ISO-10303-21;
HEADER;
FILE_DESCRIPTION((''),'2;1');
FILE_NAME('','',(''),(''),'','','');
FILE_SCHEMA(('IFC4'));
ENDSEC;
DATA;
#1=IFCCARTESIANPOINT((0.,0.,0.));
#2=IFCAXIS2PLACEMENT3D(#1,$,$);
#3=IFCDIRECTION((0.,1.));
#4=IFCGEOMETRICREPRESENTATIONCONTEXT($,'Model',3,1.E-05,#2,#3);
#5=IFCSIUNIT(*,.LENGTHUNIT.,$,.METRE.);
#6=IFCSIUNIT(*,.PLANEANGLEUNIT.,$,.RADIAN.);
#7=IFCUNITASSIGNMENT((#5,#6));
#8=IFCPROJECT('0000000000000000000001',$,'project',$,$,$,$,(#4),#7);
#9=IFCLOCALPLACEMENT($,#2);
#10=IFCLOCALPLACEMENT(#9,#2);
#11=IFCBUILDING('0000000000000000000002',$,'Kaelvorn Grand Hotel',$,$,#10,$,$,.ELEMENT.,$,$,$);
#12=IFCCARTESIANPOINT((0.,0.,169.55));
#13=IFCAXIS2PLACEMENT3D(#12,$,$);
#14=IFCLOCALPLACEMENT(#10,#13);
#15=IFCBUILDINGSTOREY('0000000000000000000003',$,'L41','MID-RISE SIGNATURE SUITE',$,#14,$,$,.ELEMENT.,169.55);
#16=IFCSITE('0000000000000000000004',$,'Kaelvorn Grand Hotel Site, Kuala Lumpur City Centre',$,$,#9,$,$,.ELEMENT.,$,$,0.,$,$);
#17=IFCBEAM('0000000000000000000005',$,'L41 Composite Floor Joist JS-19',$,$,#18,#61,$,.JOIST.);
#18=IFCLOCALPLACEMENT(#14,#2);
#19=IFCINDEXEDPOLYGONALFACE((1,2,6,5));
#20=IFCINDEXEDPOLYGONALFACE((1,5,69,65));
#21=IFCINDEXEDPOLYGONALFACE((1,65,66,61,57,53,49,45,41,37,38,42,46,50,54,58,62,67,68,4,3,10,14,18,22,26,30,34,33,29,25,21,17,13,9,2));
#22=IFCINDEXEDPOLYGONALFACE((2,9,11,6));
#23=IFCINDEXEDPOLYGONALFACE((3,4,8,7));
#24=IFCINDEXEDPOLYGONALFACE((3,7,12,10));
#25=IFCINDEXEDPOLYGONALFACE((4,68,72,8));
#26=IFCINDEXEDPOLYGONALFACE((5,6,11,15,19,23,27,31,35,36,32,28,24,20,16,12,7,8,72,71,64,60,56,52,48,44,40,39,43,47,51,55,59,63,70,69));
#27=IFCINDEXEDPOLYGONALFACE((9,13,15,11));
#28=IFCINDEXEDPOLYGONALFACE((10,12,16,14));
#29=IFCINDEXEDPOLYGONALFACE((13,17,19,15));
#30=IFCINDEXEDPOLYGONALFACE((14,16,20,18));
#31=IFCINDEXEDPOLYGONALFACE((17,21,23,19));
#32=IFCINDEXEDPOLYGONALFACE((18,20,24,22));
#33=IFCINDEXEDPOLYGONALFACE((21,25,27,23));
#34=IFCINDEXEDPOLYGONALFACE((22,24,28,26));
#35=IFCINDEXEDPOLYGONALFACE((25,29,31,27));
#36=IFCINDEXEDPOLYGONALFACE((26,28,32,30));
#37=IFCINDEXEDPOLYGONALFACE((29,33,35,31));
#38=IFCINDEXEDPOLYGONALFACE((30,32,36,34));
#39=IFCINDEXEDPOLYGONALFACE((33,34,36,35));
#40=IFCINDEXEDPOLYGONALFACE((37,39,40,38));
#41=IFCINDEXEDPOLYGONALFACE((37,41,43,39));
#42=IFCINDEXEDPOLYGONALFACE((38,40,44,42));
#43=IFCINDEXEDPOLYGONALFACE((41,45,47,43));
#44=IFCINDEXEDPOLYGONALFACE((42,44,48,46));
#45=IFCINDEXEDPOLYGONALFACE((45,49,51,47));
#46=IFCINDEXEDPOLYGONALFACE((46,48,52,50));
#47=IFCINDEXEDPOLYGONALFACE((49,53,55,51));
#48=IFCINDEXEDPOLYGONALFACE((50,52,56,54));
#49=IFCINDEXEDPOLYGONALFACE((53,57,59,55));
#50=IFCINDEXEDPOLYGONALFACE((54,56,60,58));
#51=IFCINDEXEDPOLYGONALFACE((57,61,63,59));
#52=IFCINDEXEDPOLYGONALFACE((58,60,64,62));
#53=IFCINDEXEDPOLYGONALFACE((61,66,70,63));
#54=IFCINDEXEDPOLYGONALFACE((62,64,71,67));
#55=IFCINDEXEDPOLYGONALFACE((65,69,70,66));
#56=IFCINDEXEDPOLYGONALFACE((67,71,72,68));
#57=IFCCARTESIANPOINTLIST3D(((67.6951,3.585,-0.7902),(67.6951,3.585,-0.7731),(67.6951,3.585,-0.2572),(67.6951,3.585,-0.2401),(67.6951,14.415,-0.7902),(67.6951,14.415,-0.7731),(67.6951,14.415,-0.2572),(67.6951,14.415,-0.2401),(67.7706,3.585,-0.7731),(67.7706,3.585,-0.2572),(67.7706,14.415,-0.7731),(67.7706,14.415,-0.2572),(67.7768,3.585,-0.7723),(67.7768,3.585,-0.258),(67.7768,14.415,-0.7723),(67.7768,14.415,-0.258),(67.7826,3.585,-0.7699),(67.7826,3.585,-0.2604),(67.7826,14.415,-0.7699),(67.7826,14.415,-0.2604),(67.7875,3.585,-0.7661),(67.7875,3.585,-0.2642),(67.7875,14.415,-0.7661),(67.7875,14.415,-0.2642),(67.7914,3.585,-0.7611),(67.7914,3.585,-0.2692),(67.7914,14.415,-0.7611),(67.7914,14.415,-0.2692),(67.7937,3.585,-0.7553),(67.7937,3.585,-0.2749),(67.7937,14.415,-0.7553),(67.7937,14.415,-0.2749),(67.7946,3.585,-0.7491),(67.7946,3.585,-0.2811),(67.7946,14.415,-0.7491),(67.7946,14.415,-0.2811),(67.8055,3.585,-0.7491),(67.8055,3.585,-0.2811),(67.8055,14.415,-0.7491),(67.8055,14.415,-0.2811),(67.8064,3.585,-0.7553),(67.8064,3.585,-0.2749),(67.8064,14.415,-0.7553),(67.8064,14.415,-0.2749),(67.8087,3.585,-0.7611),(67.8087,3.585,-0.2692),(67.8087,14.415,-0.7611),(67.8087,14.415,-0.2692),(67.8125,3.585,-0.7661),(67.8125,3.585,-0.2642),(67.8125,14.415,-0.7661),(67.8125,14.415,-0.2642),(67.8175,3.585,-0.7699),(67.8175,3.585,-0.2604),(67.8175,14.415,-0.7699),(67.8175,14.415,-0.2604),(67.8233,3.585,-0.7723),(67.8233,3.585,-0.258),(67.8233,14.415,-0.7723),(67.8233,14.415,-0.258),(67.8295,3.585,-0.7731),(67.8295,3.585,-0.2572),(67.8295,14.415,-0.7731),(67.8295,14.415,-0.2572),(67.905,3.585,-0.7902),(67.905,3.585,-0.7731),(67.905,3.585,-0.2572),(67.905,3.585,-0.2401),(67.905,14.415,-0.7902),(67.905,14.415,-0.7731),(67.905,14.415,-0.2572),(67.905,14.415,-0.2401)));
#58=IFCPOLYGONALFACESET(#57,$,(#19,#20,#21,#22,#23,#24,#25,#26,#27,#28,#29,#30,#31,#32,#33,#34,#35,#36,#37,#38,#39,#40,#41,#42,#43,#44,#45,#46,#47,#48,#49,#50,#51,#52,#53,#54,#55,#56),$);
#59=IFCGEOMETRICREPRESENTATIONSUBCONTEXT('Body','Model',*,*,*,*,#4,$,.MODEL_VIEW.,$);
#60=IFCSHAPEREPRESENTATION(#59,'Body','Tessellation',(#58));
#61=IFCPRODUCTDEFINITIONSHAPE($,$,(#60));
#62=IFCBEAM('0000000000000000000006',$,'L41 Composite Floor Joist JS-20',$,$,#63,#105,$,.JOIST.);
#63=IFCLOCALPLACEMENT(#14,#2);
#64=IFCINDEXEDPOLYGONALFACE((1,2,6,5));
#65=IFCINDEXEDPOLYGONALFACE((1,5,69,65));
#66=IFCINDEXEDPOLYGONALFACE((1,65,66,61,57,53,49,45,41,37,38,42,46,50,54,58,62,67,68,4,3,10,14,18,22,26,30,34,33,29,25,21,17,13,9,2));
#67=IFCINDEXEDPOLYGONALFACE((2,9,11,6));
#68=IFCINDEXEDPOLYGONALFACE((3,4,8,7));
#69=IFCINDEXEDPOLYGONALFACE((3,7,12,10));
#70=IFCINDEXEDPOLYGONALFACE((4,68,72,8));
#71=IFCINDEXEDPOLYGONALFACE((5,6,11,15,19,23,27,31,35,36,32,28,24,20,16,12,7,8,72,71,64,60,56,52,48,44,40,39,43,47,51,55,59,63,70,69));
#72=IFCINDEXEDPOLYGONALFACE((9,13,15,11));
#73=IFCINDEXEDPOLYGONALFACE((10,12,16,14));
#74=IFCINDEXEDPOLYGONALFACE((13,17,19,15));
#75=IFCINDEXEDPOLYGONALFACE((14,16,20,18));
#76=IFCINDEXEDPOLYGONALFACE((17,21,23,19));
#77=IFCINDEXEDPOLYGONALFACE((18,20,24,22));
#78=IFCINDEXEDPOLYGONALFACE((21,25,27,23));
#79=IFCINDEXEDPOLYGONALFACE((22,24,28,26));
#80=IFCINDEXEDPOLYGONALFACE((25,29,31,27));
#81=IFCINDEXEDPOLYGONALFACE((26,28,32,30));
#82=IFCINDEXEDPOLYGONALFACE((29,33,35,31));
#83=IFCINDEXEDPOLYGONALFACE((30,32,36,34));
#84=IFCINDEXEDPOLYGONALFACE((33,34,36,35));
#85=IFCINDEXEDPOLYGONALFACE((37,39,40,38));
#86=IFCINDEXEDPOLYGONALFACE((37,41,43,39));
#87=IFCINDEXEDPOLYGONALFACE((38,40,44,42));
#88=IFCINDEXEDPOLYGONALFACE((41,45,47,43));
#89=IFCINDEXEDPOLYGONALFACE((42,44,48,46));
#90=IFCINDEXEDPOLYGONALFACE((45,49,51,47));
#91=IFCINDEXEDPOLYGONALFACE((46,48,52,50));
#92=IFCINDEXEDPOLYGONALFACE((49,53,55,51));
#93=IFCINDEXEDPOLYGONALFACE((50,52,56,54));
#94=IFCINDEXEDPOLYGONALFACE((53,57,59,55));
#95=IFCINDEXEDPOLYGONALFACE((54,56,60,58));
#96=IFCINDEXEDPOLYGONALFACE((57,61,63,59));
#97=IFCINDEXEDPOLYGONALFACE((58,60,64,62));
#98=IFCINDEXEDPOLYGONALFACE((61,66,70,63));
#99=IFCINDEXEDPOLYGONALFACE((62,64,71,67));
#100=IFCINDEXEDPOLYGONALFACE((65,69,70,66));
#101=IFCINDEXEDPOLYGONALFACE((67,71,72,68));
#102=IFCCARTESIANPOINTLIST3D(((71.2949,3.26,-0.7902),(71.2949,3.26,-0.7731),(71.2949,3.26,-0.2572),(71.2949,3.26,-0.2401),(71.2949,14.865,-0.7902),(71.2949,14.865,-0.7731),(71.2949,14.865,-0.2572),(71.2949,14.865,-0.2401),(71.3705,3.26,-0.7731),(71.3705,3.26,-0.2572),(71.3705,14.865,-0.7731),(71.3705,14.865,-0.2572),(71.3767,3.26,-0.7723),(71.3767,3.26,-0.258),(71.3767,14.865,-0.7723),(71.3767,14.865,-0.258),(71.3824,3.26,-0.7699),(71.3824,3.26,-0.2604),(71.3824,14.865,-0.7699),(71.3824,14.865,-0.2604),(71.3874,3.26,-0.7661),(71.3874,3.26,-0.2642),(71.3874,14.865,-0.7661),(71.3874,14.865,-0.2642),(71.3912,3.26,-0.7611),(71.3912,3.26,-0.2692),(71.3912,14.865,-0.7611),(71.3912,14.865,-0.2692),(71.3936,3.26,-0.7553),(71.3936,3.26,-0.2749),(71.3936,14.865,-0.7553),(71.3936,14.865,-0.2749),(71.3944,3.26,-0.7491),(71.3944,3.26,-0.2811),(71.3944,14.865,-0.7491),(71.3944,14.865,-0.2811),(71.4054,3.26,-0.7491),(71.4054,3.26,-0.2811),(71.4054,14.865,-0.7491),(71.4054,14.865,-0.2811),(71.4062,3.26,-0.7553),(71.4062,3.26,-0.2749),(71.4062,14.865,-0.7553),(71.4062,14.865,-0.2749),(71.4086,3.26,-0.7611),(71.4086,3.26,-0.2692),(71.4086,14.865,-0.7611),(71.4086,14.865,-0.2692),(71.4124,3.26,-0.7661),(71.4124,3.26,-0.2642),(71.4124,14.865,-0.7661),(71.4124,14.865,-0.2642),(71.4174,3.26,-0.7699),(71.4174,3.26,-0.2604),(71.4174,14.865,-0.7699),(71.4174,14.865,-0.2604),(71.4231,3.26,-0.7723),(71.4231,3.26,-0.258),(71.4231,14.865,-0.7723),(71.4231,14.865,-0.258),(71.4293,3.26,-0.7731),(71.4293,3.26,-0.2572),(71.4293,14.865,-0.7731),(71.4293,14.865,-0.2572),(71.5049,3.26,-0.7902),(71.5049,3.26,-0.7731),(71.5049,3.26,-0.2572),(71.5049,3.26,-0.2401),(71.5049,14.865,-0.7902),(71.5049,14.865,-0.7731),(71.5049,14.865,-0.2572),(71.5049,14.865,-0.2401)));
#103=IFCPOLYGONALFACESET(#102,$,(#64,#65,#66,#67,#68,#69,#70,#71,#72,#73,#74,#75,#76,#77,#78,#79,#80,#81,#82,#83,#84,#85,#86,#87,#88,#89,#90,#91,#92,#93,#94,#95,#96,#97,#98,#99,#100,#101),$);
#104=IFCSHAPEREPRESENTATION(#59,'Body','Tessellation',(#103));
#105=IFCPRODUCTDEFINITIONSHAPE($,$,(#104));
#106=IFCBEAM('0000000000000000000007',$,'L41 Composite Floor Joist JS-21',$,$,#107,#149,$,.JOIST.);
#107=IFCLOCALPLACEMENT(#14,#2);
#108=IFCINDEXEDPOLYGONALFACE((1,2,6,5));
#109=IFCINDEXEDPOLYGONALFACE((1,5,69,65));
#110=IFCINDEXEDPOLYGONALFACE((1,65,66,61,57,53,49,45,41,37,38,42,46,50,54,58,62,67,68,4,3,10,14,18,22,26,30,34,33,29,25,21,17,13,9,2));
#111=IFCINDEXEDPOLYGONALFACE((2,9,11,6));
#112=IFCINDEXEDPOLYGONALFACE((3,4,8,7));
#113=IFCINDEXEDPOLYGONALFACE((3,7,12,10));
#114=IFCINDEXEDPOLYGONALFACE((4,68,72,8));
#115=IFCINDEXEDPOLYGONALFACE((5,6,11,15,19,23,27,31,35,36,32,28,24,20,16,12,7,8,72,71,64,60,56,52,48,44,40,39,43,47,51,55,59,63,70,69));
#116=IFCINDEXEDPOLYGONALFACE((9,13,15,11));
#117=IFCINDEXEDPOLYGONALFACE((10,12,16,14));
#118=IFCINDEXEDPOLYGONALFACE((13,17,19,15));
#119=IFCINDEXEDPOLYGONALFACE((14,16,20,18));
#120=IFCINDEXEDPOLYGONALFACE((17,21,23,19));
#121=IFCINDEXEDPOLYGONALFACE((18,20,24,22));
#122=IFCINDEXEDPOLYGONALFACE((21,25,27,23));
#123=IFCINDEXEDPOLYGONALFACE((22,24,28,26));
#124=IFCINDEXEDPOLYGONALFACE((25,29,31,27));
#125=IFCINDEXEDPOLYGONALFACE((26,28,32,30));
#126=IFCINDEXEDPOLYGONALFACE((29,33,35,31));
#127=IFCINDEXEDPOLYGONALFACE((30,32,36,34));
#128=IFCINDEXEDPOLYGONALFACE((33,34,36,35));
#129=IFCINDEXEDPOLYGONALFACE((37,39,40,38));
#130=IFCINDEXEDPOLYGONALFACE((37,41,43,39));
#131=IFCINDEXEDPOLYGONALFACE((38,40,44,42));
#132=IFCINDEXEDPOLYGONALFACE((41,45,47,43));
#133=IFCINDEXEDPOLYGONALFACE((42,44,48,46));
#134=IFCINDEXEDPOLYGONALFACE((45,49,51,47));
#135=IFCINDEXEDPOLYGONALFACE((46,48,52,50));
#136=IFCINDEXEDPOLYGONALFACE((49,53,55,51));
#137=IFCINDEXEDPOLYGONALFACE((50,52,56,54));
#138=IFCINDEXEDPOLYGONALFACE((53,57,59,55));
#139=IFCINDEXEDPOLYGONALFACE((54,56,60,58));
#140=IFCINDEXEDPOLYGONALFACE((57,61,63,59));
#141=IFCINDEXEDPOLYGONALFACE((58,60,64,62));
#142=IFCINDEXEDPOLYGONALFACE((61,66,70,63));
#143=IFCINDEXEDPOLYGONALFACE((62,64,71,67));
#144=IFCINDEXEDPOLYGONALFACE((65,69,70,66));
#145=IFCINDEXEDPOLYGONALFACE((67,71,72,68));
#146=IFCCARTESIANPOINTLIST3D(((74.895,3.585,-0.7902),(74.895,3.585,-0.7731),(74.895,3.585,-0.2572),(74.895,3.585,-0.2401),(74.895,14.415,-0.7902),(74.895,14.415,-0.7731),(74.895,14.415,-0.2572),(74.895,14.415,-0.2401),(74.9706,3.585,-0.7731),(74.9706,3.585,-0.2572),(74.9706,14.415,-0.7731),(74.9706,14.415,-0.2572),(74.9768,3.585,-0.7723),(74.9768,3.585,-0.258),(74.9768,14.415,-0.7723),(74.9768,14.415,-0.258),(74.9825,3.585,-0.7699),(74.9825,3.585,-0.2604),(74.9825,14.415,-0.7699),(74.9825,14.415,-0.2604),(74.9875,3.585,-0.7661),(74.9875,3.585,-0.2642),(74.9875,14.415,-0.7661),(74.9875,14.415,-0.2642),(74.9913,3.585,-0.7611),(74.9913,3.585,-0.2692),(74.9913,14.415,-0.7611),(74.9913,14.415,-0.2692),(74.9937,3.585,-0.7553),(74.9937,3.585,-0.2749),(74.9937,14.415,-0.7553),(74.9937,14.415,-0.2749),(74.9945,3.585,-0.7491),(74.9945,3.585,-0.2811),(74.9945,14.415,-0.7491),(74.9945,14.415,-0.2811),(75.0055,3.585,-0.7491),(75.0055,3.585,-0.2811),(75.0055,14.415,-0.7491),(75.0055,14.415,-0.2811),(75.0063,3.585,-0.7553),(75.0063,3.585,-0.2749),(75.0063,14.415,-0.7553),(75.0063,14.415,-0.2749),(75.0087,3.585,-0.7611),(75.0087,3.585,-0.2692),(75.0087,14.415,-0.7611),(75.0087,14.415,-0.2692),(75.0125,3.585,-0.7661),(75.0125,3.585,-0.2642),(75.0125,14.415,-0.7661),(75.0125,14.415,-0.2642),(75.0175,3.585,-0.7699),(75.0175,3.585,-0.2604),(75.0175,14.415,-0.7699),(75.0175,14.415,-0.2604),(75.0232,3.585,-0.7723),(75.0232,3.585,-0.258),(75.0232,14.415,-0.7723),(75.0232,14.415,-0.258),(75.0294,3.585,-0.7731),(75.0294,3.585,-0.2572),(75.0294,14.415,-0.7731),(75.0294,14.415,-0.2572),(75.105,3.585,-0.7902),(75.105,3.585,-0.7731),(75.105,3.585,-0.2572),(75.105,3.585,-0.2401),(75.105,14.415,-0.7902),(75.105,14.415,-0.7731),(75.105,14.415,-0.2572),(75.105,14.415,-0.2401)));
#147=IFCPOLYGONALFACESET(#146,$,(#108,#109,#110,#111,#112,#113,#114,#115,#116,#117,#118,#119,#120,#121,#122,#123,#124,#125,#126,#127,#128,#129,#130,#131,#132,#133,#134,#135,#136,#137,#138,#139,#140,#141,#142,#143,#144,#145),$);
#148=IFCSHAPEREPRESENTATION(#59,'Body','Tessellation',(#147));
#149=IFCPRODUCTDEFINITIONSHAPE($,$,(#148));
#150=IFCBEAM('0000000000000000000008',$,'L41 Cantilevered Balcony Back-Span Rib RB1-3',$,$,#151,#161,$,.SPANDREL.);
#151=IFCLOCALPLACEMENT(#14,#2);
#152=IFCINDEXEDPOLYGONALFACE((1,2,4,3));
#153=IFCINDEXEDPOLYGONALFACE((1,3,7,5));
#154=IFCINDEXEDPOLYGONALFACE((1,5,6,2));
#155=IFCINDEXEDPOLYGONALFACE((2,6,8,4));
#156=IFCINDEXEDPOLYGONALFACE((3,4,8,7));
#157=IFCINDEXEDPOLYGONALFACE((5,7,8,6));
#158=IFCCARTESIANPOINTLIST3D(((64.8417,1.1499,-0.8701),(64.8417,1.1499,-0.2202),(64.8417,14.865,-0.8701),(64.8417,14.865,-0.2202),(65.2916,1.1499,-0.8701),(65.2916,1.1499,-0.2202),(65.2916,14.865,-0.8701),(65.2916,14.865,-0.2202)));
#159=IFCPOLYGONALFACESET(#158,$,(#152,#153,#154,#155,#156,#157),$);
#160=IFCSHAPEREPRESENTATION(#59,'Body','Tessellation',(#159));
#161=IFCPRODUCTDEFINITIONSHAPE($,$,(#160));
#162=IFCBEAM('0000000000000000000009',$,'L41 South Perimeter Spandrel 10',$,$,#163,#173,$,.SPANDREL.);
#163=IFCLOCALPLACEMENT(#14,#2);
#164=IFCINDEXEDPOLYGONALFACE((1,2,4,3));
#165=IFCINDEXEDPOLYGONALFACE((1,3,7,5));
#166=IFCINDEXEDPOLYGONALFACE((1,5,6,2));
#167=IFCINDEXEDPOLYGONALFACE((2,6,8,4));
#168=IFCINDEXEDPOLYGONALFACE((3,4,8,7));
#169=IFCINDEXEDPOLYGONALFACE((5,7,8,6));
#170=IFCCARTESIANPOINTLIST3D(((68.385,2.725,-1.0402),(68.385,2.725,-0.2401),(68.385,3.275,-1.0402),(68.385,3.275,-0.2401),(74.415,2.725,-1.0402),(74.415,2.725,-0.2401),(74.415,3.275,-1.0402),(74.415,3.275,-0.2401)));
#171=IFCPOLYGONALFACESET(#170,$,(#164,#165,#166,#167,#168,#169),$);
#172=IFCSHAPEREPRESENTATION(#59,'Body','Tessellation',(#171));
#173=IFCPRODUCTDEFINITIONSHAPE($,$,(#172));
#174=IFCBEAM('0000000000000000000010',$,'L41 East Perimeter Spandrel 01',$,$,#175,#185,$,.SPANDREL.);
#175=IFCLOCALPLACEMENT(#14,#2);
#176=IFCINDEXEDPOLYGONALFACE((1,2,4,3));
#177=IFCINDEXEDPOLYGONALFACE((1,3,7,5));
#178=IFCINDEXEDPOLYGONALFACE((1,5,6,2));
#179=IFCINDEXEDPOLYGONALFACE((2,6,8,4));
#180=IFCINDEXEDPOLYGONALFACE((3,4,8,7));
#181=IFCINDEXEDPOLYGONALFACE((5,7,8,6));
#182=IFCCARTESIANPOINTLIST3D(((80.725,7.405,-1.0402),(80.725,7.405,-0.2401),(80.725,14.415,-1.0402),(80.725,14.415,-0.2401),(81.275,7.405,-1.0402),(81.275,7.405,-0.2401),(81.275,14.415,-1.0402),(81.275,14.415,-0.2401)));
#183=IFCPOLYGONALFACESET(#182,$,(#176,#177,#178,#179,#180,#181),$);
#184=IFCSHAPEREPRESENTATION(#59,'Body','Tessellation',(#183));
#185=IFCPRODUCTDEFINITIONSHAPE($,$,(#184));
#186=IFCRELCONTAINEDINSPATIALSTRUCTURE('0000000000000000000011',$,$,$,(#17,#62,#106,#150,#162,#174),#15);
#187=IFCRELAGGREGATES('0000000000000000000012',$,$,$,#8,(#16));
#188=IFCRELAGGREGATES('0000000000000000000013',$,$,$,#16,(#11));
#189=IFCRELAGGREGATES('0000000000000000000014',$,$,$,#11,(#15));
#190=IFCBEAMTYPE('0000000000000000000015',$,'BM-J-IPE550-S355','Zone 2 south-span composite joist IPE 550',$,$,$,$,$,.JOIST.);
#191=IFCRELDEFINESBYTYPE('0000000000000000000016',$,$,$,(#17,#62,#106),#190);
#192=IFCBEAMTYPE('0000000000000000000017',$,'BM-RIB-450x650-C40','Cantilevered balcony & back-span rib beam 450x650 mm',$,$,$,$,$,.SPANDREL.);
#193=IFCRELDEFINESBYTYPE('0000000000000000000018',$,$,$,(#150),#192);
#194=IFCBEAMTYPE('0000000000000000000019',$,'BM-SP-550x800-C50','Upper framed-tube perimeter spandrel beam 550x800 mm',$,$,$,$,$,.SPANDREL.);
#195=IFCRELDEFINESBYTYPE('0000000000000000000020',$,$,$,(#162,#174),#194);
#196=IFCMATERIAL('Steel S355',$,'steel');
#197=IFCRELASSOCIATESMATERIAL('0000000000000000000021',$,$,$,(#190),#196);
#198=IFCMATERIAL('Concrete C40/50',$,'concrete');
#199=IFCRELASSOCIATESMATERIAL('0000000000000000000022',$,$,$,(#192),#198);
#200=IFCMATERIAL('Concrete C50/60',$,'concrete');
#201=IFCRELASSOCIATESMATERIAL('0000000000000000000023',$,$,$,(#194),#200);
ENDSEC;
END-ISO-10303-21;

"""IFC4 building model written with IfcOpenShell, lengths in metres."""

from ifc_helpers import new_model, si_unit, direction, frame, origin, origin_2d, place, context, subcontext, project, spatial, rectangle, i_section, extrude, material, material_profile, profile_set, type_object, element, save


model = new_model("IFC4")

# Units and contexts
model_context = context("Model", 3, precision=1e-05, world=origin(), true_north=direction((0.0, 1.0)))
body_context = subcontext(model_context, "Body", "Model", "MODEL_VIEW")
ifc_project = project(units=[si_unit("LENGTHUNIT", "METRE"), si_unit("PLANEANGLEUNIT", "RADIAN")], contexts=[model_context])

# Site, building, storey
site_placement = place(None, origin())
site = spatial("IfcSite", under=ifc_project, at=site_placement, Name="Kaelvorn Grand Hotel Site, Kuala Lumpur City Centre", CompositionType="ELEMENT", RefElevation=0.0)
building_placement = place(site_placement, origin())
building = spatial("IfcBuilding", under=site, at=building_placement, Name="Kaelvorn Grand Hotel", CompositionType="ELEMENT")
storey_placement = place(building_placement, frame((0.0, 0.0, 169.55)))
storey = spatial("IfcBuildingStorey", under=building, at=storey_placement, Name="L41", Description="MID-RISE SIGNATURE SUITE", CompositionType="ELEMENT", Elevation=169.55)

# Beams
ifc_material_1 = material(Name="Steel S355", Category="steel")
ifc_material_profile_1 = material_profile(ifc_material_1, i_section(OverallWidth=0.21, OverallDepth=0.55, WebThickness=0.011, FlangeThickness=0.0171, FilletRadius=0.0239, at=origin_2d()), Name="IPE 550")
ifc_profile_set_1 = profile_set([ifc_material_profile_1], Name="Steel S355")
beam_type_1 = type_object("IfcBeamType", Name="BM-J-IPE550-S355", Description="Zone 2 south-span composite joist IPE 550", PredefinedType="JOIST", material=ifc_profile_set_1)
beam_1_placement = place(storey_placement, frame((67.8, 3.585, -0.5151), z_axis=(0.0, 1.0, 0.0), x_axis=(-1.0, 0.0, 0.0)))
element("IfcBeam", 1, at=beam_1_placement, inside=storey, type_object=beam_type_1, Name="L41 Composite Floor Joist JS-19", PredefinedType="JOIST", context=body_context, shape_type="SweptSolid", body=[
    extrude(i_section(OverallWidth=0.21, OverallDepth=0.55, WebThickness=0.011, FlangeThickness=0.0171, FilletRadius=0.0239, at=origin_2d()), origin(), (0.0, 0.0, 1.0), 10.8301),
])
beam_2_placement = place(storey_placement, frame((71.3999, 3.26, -0.5151), z_axis=(0.0, 1.0, 0.0), x_axis=(-1.0, 0.0, 0.0)))
element("IfcBeam", 2, at=beam_2_placement, inside=storey, type_object=beam_type_1, Name="L41 Composite Floor Joist JS-20", PredefinedType="JOIST", context=body_context, shape_type="SweptSolid", body=[
    extrude(i_section(OverallWidth=0.21, OverallDepth=0.55, WebThickness=0.011, FlangeThickness=0.0171, FilletRadius=0.0239, at=origin_2d()), origin(), (0.0, 0.0, 1.0), 11.605),
])
beam_3_placement = place(storey_placement, frame((75.0, 3.585, -0.5151), z_axis=(0.0, 1.0, 0.0), x_axis=(-1.0, 0.0, 0.0)))
element("IfcBeam", 3, at=beam_3_placement, inside=storey, type_object=beam_type_1, Name="L41 Composite Floor Joist JS-21", PredefinedType="JOIST", context=body_context, shape_type="SweptSolid", body=[
    extrude(i_section(OverallWidth=0.21, OverallDepth=0.55, WebThickness=0.011, FlangeThickness=0.0171, FilletRadius=0.0239, at=origin_2d()), origin(), (0.0, 0.0, 1.0), 10.8301),
])
ifc_material_2 = material(Name="Concrete C40/50", Category="concrete")
ifc_material_profile_2 = material_profile(ifc_material_2, rectangle(XDim=0.45, YDim=0.6499, at=origin_2d()), Name="RC RIB 450x650")
ifc_profile_set_2 = profile_set([ifc_material_profile_2], Name="Concrete C40/50")
beam_type_2 = type_object("IfcBeamType", Name="BM-RIB-450x650-C40", Description="Cantilevered balcony & back-span rib beam 450x650 mm", PredefinedType="SPANDREL", material=ifc_profile_set_2)
beam_4_placement = place(storey_placement, frame((65.0667, 1.1499, -0.5452), z_axis=(0.0, 1.0, 0.0), x_axis=(-1.0, 0.0, 0.0)))
element("IfcBeam", 4, at=beam_4_placement, inside=storey, type_object=beam_type_2, Name="L41 Cantilevered Balcony Back-Span Rib RB1-3", PredefinedType="SPANDREL", context=body_context, shape_type="SweptSolid", body=[
    extrude(rectangle(XDim=0.45, YDim=0.6499, at=origin_2d()), origin(), (0.0, 0.0, 1.0), 13.7151),
])
ifc_material_3 = material(Name="Concrete C50/60", Category="concrete")
ifc_material_profile_3 = material_profile(ifc_material_3, rectangle(XDim=0.55, YDim=0.8, at=origin_2d()), Name="RC SPANDREL 550x800")
ifc_profile_set_3 = profile_set([ifc_material_profile_3], Name="Concrete C50/60")
beam_type_3 = type_object("IfcBeamType", Name="BM-SP-550x800-C50", Description="Upper framed-tube perimeter spandrel beam 550x800 mm", PredefinedType="SPANDREL", material=ifc_profile_set_3)
beam_5_placement = place(storey_placement, frame((68.385, 3.0, -0.6401), z_axis=(1.0, 0.0, 0.0), x_axis=(0.0, 1.0, 0.0)))
element("IfcBeam", 5, at=beam_5_placement, inside=storey, type_object=beam_type_3, Name="L41 South Perimeter Spandrel 10", PredefinedType="SPANDREL", context=body_context, shape_type="SweptSolid", body=[
    extrude(rectangle(XDim=0.55, YDim=0.8, at=origin_2d()), origin(), (0.0, 0.0, 1.0), 6.03),
])
beam_6_placement = place(storey_placement, frame((81.0, 7.405, -0.6401), z_axis=(0.0, 1.0, 0.0), x_axis=(-1.0, 0.0, 0.0)))
element("IfcBeam", 6, at=beam_6_placement, inside=storey, type_object=beam_type_3, Name="L41 East Perimeter Spandrel 01", PredefinedType="SPANDREL", context=body_context, shape_type="SweptSolid", body=[
    extrude(rectangle(XDim=0.55, YDim=0.8, at=origin_2d()), origin(), (0.0, 0.0, 1.0), 7.01),
])

save(model, "model.ifc")
